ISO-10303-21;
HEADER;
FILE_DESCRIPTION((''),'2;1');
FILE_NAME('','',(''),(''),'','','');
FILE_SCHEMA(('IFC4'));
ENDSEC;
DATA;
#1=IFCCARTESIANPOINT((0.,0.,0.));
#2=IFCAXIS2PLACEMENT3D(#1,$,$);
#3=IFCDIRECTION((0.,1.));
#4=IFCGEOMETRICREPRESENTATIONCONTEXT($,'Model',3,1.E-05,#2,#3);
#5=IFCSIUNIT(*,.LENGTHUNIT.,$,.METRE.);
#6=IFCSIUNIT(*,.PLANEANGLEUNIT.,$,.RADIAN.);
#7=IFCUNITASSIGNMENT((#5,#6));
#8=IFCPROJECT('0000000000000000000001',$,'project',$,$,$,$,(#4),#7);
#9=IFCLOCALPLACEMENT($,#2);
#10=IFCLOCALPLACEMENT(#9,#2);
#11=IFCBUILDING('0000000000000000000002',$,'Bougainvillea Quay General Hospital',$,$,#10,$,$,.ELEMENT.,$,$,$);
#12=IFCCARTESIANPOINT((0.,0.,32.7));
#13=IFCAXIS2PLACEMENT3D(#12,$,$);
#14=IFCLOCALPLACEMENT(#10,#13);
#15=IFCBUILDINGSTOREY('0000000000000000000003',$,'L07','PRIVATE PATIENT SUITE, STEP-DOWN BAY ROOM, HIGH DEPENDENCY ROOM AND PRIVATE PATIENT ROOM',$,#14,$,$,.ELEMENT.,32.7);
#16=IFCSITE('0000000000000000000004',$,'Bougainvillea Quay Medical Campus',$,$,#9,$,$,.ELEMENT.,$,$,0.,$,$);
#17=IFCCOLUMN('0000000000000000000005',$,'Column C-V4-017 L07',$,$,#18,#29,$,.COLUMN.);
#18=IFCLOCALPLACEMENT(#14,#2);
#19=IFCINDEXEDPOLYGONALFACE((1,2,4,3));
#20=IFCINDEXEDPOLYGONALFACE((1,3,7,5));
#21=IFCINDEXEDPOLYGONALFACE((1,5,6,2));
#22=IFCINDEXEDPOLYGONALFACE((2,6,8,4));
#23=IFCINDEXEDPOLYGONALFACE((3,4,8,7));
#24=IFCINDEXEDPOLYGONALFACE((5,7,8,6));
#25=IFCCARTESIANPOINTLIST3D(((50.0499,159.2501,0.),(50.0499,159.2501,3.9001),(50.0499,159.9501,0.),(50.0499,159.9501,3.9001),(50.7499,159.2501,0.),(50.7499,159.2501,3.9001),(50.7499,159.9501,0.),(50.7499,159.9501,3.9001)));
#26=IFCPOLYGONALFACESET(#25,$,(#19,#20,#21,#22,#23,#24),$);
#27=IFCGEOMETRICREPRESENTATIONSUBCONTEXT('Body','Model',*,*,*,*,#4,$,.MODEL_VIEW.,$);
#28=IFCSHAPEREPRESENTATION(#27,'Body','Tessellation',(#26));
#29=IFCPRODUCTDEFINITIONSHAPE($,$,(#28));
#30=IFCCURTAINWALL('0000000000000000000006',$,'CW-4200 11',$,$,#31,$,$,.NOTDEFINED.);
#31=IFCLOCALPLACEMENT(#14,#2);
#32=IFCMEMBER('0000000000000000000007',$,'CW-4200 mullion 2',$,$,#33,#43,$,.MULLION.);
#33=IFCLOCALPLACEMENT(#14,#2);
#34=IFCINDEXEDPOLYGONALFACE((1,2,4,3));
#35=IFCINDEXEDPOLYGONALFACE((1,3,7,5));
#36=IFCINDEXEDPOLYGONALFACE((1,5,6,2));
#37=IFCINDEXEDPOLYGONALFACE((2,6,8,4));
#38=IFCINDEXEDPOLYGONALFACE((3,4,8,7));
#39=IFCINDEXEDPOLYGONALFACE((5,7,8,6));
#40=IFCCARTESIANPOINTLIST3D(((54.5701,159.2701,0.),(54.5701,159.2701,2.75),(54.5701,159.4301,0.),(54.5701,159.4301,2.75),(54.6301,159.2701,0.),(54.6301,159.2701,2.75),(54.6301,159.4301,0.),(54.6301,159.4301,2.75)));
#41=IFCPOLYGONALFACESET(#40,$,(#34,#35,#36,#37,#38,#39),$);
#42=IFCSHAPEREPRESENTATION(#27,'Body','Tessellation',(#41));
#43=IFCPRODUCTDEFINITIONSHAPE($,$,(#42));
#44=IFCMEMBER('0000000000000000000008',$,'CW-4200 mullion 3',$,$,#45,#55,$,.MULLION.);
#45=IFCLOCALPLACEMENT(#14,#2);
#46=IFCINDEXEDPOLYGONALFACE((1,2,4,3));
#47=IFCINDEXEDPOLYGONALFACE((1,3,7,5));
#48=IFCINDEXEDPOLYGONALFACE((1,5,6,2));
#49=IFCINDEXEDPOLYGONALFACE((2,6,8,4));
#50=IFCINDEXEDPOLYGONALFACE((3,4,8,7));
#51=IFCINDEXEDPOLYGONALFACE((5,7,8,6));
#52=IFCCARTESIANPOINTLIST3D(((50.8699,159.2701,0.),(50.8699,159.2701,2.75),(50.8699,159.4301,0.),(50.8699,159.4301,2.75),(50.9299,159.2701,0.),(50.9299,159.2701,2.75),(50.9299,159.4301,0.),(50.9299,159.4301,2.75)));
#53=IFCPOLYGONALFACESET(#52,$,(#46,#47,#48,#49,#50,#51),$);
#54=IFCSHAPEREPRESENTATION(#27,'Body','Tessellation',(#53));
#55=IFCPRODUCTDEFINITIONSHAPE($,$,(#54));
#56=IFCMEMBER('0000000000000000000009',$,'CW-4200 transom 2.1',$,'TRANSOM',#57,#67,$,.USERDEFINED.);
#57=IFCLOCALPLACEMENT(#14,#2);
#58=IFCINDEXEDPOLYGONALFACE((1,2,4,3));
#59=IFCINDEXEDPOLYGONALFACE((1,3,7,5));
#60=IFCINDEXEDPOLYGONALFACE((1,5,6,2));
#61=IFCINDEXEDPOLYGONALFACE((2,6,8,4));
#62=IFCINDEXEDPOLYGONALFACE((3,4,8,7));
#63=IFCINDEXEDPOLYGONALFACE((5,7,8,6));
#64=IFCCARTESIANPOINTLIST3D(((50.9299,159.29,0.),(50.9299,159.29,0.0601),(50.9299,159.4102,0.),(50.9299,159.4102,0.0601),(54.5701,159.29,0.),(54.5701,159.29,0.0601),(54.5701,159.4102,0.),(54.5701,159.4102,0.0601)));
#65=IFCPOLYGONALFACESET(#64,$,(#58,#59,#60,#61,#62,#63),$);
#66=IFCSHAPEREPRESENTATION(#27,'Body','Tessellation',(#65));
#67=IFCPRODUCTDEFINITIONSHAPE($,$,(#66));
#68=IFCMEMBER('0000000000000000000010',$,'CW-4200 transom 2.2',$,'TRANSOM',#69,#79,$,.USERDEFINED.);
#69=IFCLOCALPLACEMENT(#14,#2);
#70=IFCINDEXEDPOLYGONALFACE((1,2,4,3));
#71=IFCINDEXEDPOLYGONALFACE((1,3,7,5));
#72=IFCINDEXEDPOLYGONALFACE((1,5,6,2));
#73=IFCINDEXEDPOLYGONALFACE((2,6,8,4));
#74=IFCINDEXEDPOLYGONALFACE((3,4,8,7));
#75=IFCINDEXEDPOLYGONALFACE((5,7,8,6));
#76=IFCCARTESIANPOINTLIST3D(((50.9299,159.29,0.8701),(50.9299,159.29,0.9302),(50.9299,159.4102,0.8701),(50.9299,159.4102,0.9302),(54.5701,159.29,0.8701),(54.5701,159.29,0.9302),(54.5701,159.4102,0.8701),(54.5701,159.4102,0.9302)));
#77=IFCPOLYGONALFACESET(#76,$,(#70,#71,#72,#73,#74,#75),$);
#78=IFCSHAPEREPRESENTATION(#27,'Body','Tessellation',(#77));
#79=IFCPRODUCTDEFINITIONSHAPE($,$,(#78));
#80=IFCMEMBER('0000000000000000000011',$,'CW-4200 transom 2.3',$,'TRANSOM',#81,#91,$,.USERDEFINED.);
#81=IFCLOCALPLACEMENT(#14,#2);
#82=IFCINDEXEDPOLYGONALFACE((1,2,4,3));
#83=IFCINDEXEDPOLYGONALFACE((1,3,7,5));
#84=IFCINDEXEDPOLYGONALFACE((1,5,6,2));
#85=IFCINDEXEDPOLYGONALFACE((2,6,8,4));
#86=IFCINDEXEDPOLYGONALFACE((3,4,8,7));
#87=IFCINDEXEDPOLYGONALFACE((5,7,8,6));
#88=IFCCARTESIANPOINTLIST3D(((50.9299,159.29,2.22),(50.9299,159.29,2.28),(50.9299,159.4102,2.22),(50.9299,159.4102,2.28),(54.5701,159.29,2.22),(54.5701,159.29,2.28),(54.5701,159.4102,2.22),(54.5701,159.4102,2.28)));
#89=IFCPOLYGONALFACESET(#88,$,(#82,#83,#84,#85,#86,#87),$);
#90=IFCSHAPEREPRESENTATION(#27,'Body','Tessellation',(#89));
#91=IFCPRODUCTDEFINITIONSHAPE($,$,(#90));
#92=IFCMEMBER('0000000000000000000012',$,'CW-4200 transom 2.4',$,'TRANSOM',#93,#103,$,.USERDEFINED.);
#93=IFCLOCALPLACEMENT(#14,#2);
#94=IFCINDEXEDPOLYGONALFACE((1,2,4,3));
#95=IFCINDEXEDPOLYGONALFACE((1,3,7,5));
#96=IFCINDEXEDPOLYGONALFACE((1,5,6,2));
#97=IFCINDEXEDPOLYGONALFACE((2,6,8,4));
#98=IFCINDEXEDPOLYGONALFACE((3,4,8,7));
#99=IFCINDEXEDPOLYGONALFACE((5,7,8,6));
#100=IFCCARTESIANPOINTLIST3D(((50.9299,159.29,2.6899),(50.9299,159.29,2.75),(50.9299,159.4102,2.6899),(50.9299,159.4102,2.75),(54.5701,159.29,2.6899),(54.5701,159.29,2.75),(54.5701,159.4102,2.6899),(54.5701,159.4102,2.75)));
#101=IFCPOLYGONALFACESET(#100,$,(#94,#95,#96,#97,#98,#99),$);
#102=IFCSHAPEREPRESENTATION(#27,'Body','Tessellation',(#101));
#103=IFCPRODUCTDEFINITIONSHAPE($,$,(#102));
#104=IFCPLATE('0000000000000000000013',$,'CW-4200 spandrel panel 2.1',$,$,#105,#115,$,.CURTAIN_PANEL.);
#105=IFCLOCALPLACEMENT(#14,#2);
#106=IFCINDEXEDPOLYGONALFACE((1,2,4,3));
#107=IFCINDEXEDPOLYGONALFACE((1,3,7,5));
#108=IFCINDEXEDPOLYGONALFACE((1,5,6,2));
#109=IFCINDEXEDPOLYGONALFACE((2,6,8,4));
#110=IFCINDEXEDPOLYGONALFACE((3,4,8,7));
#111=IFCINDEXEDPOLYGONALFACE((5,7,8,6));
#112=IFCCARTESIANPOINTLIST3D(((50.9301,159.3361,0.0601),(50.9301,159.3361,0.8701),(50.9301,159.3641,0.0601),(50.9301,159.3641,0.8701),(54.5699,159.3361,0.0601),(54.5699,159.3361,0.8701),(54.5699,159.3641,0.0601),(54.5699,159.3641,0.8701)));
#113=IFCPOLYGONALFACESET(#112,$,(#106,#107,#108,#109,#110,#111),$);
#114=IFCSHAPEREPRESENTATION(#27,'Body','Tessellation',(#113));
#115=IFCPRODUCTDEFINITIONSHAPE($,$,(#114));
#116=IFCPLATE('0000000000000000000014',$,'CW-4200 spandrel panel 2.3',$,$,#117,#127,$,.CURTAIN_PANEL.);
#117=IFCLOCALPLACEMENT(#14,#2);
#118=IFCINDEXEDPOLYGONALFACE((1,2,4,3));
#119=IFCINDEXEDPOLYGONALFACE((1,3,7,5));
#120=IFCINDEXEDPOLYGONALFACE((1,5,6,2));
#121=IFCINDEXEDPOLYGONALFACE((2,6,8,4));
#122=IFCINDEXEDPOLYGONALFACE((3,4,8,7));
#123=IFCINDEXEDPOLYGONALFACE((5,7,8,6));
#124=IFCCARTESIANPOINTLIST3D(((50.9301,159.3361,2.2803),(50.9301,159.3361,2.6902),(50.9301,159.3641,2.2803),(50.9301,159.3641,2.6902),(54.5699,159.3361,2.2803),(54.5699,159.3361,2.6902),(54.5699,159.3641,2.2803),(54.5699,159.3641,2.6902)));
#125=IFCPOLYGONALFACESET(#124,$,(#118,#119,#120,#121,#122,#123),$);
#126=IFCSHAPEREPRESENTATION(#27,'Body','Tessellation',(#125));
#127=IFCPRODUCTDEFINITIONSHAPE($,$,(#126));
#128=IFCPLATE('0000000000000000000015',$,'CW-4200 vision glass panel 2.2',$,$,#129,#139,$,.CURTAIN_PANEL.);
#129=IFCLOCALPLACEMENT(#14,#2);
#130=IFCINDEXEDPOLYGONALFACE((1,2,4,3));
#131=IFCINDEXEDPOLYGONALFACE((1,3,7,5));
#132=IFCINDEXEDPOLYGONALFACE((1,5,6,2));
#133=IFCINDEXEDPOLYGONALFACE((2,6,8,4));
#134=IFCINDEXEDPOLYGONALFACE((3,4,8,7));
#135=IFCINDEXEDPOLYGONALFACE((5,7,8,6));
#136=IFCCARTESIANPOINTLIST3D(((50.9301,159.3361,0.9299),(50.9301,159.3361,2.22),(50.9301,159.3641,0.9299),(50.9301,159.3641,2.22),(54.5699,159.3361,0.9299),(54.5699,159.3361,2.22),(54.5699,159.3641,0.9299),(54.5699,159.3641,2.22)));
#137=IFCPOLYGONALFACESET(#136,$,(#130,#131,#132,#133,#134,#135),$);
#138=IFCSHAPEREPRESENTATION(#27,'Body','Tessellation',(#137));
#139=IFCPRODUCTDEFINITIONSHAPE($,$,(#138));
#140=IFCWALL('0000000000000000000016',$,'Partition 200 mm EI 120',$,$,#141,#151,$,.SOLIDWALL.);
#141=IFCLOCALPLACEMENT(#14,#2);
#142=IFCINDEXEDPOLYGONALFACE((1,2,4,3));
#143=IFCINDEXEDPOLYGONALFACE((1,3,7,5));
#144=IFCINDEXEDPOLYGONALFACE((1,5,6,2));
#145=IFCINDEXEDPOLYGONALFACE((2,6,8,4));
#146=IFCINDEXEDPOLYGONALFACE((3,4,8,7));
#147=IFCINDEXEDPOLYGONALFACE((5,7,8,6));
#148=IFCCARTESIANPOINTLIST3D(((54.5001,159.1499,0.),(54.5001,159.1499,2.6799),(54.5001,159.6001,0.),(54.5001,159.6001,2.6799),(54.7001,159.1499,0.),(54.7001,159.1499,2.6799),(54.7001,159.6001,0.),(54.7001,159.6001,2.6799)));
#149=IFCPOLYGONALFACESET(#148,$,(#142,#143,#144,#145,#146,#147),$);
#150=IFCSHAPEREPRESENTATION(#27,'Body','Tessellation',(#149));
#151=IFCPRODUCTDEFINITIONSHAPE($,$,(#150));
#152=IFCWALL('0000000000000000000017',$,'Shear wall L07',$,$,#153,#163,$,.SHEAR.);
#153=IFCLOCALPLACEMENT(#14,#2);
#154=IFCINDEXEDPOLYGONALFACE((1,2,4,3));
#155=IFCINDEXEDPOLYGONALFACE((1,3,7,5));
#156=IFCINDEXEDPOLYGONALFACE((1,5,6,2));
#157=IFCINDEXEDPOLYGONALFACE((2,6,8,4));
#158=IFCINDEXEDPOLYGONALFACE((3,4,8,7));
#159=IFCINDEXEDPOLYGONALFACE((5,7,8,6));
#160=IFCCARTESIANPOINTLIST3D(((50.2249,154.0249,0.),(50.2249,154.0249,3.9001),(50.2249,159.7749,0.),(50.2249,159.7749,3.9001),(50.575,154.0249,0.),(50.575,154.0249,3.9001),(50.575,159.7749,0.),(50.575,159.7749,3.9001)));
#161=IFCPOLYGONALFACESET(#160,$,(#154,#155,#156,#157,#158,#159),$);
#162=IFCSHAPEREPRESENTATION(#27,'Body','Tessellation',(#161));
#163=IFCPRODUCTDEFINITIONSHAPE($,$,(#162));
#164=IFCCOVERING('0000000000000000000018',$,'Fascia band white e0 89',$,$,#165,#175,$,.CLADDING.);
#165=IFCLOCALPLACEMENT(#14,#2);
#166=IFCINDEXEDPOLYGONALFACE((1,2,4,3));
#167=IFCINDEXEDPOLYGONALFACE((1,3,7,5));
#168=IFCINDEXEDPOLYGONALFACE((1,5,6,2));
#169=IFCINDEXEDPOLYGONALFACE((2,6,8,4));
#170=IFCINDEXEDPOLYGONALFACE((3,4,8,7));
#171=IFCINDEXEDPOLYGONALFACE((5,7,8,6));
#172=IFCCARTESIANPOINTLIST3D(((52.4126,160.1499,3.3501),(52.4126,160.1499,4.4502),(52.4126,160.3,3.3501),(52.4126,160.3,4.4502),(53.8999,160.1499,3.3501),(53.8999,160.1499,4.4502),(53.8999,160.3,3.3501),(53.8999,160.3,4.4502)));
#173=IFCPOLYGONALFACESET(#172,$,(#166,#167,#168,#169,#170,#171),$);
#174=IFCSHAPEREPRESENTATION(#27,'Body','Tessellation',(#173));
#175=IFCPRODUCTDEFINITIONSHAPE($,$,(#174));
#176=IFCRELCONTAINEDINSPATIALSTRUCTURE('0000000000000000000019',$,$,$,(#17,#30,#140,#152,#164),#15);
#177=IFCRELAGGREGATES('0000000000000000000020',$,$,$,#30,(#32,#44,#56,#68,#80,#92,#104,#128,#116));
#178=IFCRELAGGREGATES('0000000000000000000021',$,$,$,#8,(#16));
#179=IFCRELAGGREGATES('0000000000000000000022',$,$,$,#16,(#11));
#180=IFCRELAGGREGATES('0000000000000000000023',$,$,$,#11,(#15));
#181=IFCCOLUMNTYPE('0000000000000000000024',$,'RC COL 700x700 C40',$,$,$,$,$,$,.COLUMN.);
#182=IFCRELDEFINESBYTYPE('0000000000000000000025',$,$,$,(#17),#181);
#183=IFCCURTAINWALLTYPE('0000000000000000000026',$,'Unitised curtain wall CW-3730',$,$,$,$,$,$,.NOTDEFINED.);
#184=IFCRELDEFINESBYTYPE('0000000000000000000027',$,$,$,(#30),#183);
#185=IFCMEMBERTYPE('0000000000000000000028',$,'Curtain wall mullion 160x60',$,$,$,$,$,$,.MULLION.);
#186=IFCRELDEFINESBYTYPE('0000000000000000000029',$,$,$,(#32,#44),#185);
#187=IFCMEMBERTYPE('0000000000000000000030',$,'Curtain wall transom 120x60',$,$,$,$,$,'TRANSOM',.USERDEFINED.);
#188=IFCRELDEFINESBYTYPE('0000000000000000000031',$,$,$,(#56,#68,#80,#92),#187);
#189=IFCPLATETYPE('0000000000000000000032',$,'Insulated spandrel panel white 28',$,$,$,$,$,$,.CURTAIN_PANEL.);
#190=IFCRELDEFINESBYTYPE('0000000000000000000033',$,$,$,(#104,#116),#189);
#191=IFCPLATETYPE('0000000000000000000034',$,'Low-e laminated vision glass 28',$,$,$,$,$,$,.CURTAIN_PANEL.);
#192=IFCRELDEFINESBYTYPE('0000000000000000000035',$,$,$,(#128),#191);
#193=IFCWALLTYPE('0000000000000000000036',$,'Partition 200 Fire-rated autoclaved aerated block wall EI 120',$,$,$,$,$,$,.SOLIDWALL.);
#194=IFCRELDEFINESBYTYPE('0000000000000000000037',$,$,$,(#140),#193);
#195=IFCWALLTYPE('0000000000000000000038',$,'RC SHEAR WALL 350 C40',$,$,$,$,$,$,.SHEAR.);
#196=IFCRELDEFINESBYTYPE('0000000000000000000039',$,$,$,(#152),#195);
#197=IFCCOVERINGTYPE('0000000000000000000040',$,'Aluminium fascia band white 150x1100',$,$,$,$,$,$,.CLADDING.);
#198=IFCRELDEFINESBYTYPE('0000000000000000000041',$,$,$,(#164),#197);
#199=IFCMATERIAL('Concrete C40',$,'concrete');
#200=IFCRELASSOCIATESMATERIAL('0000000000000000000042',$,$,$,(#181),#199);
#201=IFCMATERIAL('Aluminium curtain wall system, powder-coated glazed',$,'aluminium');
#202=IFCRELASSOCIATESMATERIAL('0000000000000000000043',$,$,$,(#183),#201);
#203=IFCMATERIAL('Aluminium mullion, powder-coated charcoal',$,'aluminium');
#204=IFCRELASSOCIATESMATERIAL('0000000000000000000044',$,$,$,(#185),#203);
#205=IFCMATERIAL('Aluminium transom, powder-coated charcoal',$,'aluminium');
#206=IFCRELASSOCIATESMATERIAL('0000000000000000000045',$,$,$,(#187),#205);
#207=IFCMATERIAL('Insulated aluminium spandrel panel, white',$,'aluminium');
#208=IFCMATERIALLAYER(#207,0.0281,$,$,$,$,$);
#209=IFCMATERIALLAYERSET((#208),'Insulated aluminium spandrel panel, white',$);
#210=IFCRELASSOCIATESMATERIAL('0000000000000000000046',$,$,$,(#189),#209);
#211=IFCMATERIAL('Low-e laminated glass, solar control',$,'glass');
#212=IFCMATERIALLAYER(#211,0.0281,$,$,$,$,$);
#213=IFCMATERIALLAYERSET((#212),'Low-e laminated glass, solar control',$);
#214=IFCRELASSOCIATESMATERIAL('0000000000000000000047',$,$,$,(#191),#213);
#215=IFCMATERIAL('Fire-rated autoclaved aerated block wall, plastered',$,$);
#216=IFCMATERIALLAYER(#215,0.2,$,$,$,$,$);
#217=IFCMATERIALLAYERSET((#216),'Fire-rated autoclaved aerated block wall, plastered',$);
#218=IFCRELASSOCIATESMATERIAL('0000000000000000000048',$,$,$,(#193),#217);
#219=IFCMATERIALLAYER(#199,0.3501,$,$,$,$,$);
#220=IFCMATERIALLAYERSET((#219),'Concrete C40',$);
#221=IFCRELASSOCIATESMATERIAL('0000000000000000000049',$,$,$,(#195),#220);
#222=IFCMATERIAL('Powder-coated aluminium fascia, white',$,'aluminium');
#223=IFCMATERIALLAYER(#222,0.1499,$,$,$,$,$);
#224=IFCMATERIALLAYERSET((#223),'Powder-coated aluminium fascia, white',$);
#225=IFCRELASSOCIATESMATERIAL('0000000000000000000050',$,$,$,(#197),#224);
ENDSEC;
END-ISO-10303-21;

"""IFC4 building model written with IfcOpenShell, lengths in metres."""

from ifc_helpers import new_model, si_unit, direction, frame, frame_2d, origin, origin_2d, place, context, subcontext, project, spatial, polyline, rectangle, outline, extrude, material, layer, layer_set, material_profile, profile_set, type_object, element, aggregate, save


model = new_model("IFC4")

# Units and contexts
model_context = context("Model", 3, precision=1e-05, world=origin(), true_north=direction((0.0, 1.0)))
body_context = subcontext(model_context, "Body", "Model", "MODEL_VIEW")
ifc_project = project(units=[si_unit("LENGTHUNIT", "METRE"), si_unit("PLANEANGLEUNIT", "RADIAN")], contexts=[model_context])

# Site, building, storey
site_placement = place(None, origin())
site = spatial("IfcSite", under=ifc_project, at=site_placement, Name="Bougainvillea Quay Medical Campus", CompositionType="ELEMENT", RefElevation=0.0)
building_placement = place(site_placement, origin())
building = spatial("IfcBuilding", under=site, at=building_placement, Name="Bougainvillea Quay General Hospital", CompositionType="ELEMENT")
storey_placement = place(building_placement, frame((0.0, 0.0, 32.7)))
storey = spatial("IfcBuildingStorey", under=building, at=storey_placement, Name="L07", Description="PRIVATE PATIENT SUITE, STEP-DOWN BAY ROOM, HIGH DEPENDENCY ROOM AND PRIVATE PATIENT ROOM", CompositionType="ELEMENT", Elevation=32.7)

# Column
ifc_material_1 = material(Name="Concrete C40", Category="concrete")
ifc_material_profile_1 = material_profile(ifc_material_1, rectangle(XDim=0.7, YDim=0.7, at=origin_2d()))
ifc_profile_set_1 = profile_set([ifc_material_profile_1], Name="Concrete C40")
column_type = type_object("IfcColumnType", Name="RC COL 700x700 C40", PredefinedType="COLUMN", material=ifc_profile_set_1)
column_placement = place(storey_placement, frame((50.3999, 159.6001, 0.0), z_axis=(0.0, 0.0, 1.0), x_axis=(1.0, 0.0, 0.0)))
element("IfcColumn", 1, at=column_placement, inside=storey, type_object=column_type, Name="Column C-V4-017 L07", PredefinedType="COLUMN", context=body_context, shape_type="SweptSolid", body=[
    extrude(rectangle(XDim=0.7, YDim=0.7, at=origin_2d()), origin(), (0.0, 0.0, 1.0), 3.9001),
])

# Curtain wall, members, plates
ifc_material_2 = material(Name="Aluminium curtain wall system, powder-coated glazed", Category="aluminium")
curtain_wall_type = type_object("IfcCurtainWallType", Name="Unitised curtain wall CW-3730", PredefinedType="NOTDEFINED", material=ifc_material_2)
curtain_wall_placement = place(storey_placement, origin())
curtain_wall = element("IfcCurtainWall", 2, at=curtain_wall_placement, inside=storey, type_object=curtain_wall_type, Name="CW-4200 11", PredefinedType="NOTDEFINED")
ifc_material_3 = material(Name="Aluminium mullion, powder-coated charcoal", Category="aluminium")
ifc_material_profile_2 = material_profile(ifc_material_3, rectangle(XDim=0.1599, YDim=0.0601, at=origin_2d()))
ifc_profile_set_2 = profile_set([ifc_material_profile_2], Name="Aluminium mullion, powder-coated charcoal")
member_type_1 = type_object("IfcMemberType", Name="Curtain wall mullion 160x60", PredefinedType="MULLION", material=ifc_profile_set_2)
member_1_placement = place(storey_placement, frame((54.6001, 159.3501, 0.0), z_axis=(0.0, 0.0, 1.0), x_axis=(0.0, -1.0, 0.0)))
member_1 = element("IfcMember", 3, at=member_1_placement, type_object=member_type_1, Name="CW-4200 mullion 2", PredefinedType="MULLION", context=body_context, shape_type="SweptSolid", body=[
    extrude(rectangle(XDim=0.1599, YDim=0.0601, at=origin_2d()), origin(), (0.0, 0.0, 1.0), 2.75),
])
member_2_placement = place(storey_placement, frame((50.8999, 159.3501, 0.0), z_axis=(0.0, 0.0, 1.0), x_axis=(0.0, -1.0, 0.0)))
member_2 = element("IfcMember", 4, at=member_2_placement, type_object=member_type_1, Name="CW-4200 mullion 3", PredefinedType="MULLION", context=body_context, shape_type="SweptSolid", body=[
    extrude(rectangle(XDim=0.1599, YDim=0.0601, at=origin_2d()), origin(), (0.0, 0.0, 1.0), 2.75),
])
ifc_material_4 = material(Name="Aluminium transom, powder-coated charcoal", Category="aluminium")
ifc_material_profile_3 = material_profile(ifc_material_4, rectangle(XDim=0.1201, YDim=0.0601, at=origin_2d()))
ifc_profile_set_3 = profile_set([ifc_material_profile_3], Name="Aluminium transom, powder-coated charcoal")
member_type_2 = type_object("IfcMemberType", Name="Curtain wall transom 120x60", ElementType="TRANSOM", PredefinedType="USERDEFINED", material=ifc_profile_set_3)
member_3_placement = place(storey_placement, frame((54.5701, 159.3501, 0.03), z_axis=(-1.0, 0.0, 0.0), x_axis=(0.0, -1.0, 0.0)))
member_3 = element("IfcMember", 5, at=member_3_placement, type_object=member_type_2, Name="CW-4200 transom 2.1", ObjectType="TRANSOM", PredefinedType="USERDEFINED", context=body_context, shape_type="SweptSolid", body=[
    extrude(rectangle(XDim=0.1201, YDim=0.0601, at=origin_2d()), origin(), (0.0, 0.0, 1.0), 3.6401),
])
member_4_placement = place(storey_placement, frame((54.5701, 159.3501, 0.9001), z_axis=(-1.0, 0.0, 0.0), x_axis=(0.0, -1.0, 0.0)))
member_4 = element("IfcMember", 6, at=member_4_placement, type_object=member_type_2, Name="CW-4200 transom 2.2", ObjectType="TRANSOM", PredefinedType="USERDEFINED", context=body_context, shape_type="SweptSolid", body=[
    extrude(rectangle(XDim=0.1201, YDim=0.0601, at=origin_2d()), origin(), (0.0, 0.0, 1.0), 3.6401),
])
member_5_placement = place(storey_placement, frame((54.5701, 159.3501, 2.25), z_axis=(-1.0, 0.0, 0.0), x_axis=(0.0, -1.0, 0.0)))
member_5 = element("IfcMember", 7, at=member_5_placement, type_object=member_type_2, Name="CW-4200 transom 2.3", ObjectType="TRANSOM", PredefinedType="USERDEFINED", context=body_context, shape_type="SweptSolid", body=[
    extrude(rectangle(XDim=0.1201, YDim=0.0601, at=origin_2d()), origin(), (0.0, 0.0, 1.0), 3.6401),
])
member_6_placement = place(storey_placement, frame((54.5701, 159.3501, 2.72), z_axis=(-1.0, 0.0, 0.0), x_axis=(0.0, -1.0, 0.0)))
member_6 = element("IfcMember", 8, at=member_6_placement, type_object=member_type_2, Name="CW-4200 transom 2.4", ObjectType="TRANSOM", PredefinedType="USERDEFINED", context=body_context, shape_type="SweptSolid", body=[
    extrude(rectangle(XDim=0.1201, YDim=0.0601, at=origin_2d()), origin(), (0.0, 0.0, 1.0), 3.6401),
])
ifc_material_5 = material(Name="Insulated aluminium spandrel panel, white", Category="aluminium")
ifc_layer_1 = layer(ifc_material_5, 0.0281)
ifc_layer_set_1 = layer_set([ifc_layer_1], Name="Insulated aluminium spandrel panel, white")
plate_type_1 = type_object("IfcPlateType", Name="Insulated spandrel panel white 28", PredefinedType="CURTAIN_PANEL", material=ifc_layer_set_1)
plate_1_placement = place(storey_placement, frame((52.75, 159.3501, 0.0601), z_axis=(0.0, 0.0, 1.0), x_axis=(-1.0, 0.0, 0.0)))
plate_1 = element("IfcPlate", 9, at=plate_1_placement, type_object=plate_type_1, Name="CW-4200 spandrel panel 2.1", PredefinedType="CURTAIN_PANEL", context=body_context, shape_type="SweptSolid", body=[
    extrude(rectangle(XDim=3.6399, YDim=0.0281, at=origin_2d()), origin(), (0.0, 0.0, 1.0), 0.8101),
])
plate_2_placement = place(storey_placement, frame((52.75, 159.3501, 2.2803), z_axis=(0.0, 0.0, 1.0), x_axis=(-1.0, 0.0, 0.0)))
plate_2 = element("IfcPlate", 10, at=plate_2_placement, type_object=plate_type_1, Name="CW-4200 spandrel panel 2.3", PredefinedType="CURTAIN_PANEL", context=body_context, shape_type="SweptSolid", body=[
    extrude(rectangle(XDim=3.6399, YDim=0.0281, at=origin_2d()), origin(), (0.0, 0.0, 1.0), 0.4099),
])
ifc_material_6 = material(Name="Low-e laminated glass, solar control", Category="glass")
ifc_layer_2 = layer(ifc_material_6, 0.0281)
ifc_layer_set_2 = layer_set([ifc_layer_2], Name="Low-e laminated glass, solar control")
plate_type_2 = type_object("IfcPlateType", Name="Low-e laminated vision glass 28", PredefinedType="CURTAIN_PANEL", material=ifc_layer_set_2)
plate_3_placement = place(storey_placement, frame((52.75, 159.3501, 0.9299), z_axis=(0.0, 0.0, 1.0), x_axis=(-1.0, 0.0, 0.0)))
plate_3 = element("IfcPlate", 11, at=plate_3_placement, type_object=plate_type_2, Name="CW-4200 vision glass panel 2.2", PredefinedType="CURTAIN_PANEL", context=body_context, shape_type="SweptSolid", body=[
    extrude(rectangle(XDim=3.6399, YDim=0.0281, at=origin_2d()), origin(), (0.0, 0.0, 1.0), 1.29),
])
aggregate(curtain_wall, [member_1, member_2, member_3, member_4, member_5, member_6, plate_1, plate_3, plate_2])

# Walls
ifc_material_7 = material(Name="Fire-rated autoclaved aerated block wall, plastered")
ifc_layer_3 = layer(ifc_material_7, 0.2)
ifc_layer_set_3 = layer_set([ifc_layer_3], Name="Fire-rated autoclaved aerated block wall, plastered")
wall_type_1 = type_object("IfcWallType", Name="Partition 200 Fire-rated autoclaved aerated block wall EI 120", PredefinedType="SOLIDWALL", material=ifc_layer_set_3)
wall_1_placement = place(storey_placement, frame((54.6001, 159.1499, 0.0), z_axis=(0.0, 0.0, 1.0), x_axis=(0.0, 1.0, 0.0)))
element("IfcWall", 12, at=wall_1_placement, inside=storey, type_object=wall_type_1, Name="Partition 200 mm EI 120", PredefinedType="SOLIDWALL", context=body_context, shape_type="SweptSolid", body=[
    extrude(rectangle(XDim=0.4502, YDim=0.2, at=frame_2d((0.2251, 0.0))), origin(), (0.0, 0.0, 1.0), 2.6799),
])
ifc_layer_4 = layer(ifc_material_1, 0.3501)
ifc_layer_set_4 = layer_set([ifc_layer_4], Name="Concrete C40")
wall_type_2 = type_object("IfcWallType", Name="RC SHEAR WALL 350 C40", PredefinedType="SHEAR", material=ifc_layer_set_4)
wall_2_placement = place(storey_placement, frame((50.3999, 154.0249, 0.0), z_axis=(0.0, 0.0, 1.0), x_axis=(0.0, 1.0, 0.0)))
element("IfcWall", 13, at=wall_2_placement, inside=storey, type_object=wall_type_2, Name="Shear wall L07", PredefinedType="SHEAR", context=body_context, shape_type="SweptSolid", body=[
    extrude(rectangle(XDim=5.75, YDim=0.3501, at=frame_2d((2.875, 0.0))), origin(), (0.0, 0.0, 1.0), 3.9001),
])

# Covering
ifc_material_8 = material(Name="Powder-coated aluminium fascia, white", Category="aluminium")
ifc_layer_5 = layer(ifc_material_8, 0.1499)
ifc_layer_set_5 = layer_set([ifc_layer_5], Name="Powder-coated aluminium fascia, white")
covering_type = type_object("IfcCoveringType", Name="Aluminium fascia band white 150x1100", PredefinedType="CLADDING", material=ifc_layer_set_5)
covering_placement = place(storey_placement, frame((53.8999, 160.1499, 3.3501), z_axis=(0.0, 0.0, 1.0), x_axis=(-1.0, 0.0, 0.0)))
element("IfcCovering", 14, at=covering_placement, inside=storey, type_object=covering_type, Name="Fascia band white e0 89", PredefinedType="CLADDING", context=body_context, shape_type="SweptSolid", body=[
    extrude(outline(polyline([(0.0, 0.0), (1.4873, 0.0), (1.4873, -0.1501), (0.0, -0.1501), (0.0, 0.0)])), origin(), (0.0, 0.0, 1.0), 1.1001),
])

save(model, "model.ifc")
